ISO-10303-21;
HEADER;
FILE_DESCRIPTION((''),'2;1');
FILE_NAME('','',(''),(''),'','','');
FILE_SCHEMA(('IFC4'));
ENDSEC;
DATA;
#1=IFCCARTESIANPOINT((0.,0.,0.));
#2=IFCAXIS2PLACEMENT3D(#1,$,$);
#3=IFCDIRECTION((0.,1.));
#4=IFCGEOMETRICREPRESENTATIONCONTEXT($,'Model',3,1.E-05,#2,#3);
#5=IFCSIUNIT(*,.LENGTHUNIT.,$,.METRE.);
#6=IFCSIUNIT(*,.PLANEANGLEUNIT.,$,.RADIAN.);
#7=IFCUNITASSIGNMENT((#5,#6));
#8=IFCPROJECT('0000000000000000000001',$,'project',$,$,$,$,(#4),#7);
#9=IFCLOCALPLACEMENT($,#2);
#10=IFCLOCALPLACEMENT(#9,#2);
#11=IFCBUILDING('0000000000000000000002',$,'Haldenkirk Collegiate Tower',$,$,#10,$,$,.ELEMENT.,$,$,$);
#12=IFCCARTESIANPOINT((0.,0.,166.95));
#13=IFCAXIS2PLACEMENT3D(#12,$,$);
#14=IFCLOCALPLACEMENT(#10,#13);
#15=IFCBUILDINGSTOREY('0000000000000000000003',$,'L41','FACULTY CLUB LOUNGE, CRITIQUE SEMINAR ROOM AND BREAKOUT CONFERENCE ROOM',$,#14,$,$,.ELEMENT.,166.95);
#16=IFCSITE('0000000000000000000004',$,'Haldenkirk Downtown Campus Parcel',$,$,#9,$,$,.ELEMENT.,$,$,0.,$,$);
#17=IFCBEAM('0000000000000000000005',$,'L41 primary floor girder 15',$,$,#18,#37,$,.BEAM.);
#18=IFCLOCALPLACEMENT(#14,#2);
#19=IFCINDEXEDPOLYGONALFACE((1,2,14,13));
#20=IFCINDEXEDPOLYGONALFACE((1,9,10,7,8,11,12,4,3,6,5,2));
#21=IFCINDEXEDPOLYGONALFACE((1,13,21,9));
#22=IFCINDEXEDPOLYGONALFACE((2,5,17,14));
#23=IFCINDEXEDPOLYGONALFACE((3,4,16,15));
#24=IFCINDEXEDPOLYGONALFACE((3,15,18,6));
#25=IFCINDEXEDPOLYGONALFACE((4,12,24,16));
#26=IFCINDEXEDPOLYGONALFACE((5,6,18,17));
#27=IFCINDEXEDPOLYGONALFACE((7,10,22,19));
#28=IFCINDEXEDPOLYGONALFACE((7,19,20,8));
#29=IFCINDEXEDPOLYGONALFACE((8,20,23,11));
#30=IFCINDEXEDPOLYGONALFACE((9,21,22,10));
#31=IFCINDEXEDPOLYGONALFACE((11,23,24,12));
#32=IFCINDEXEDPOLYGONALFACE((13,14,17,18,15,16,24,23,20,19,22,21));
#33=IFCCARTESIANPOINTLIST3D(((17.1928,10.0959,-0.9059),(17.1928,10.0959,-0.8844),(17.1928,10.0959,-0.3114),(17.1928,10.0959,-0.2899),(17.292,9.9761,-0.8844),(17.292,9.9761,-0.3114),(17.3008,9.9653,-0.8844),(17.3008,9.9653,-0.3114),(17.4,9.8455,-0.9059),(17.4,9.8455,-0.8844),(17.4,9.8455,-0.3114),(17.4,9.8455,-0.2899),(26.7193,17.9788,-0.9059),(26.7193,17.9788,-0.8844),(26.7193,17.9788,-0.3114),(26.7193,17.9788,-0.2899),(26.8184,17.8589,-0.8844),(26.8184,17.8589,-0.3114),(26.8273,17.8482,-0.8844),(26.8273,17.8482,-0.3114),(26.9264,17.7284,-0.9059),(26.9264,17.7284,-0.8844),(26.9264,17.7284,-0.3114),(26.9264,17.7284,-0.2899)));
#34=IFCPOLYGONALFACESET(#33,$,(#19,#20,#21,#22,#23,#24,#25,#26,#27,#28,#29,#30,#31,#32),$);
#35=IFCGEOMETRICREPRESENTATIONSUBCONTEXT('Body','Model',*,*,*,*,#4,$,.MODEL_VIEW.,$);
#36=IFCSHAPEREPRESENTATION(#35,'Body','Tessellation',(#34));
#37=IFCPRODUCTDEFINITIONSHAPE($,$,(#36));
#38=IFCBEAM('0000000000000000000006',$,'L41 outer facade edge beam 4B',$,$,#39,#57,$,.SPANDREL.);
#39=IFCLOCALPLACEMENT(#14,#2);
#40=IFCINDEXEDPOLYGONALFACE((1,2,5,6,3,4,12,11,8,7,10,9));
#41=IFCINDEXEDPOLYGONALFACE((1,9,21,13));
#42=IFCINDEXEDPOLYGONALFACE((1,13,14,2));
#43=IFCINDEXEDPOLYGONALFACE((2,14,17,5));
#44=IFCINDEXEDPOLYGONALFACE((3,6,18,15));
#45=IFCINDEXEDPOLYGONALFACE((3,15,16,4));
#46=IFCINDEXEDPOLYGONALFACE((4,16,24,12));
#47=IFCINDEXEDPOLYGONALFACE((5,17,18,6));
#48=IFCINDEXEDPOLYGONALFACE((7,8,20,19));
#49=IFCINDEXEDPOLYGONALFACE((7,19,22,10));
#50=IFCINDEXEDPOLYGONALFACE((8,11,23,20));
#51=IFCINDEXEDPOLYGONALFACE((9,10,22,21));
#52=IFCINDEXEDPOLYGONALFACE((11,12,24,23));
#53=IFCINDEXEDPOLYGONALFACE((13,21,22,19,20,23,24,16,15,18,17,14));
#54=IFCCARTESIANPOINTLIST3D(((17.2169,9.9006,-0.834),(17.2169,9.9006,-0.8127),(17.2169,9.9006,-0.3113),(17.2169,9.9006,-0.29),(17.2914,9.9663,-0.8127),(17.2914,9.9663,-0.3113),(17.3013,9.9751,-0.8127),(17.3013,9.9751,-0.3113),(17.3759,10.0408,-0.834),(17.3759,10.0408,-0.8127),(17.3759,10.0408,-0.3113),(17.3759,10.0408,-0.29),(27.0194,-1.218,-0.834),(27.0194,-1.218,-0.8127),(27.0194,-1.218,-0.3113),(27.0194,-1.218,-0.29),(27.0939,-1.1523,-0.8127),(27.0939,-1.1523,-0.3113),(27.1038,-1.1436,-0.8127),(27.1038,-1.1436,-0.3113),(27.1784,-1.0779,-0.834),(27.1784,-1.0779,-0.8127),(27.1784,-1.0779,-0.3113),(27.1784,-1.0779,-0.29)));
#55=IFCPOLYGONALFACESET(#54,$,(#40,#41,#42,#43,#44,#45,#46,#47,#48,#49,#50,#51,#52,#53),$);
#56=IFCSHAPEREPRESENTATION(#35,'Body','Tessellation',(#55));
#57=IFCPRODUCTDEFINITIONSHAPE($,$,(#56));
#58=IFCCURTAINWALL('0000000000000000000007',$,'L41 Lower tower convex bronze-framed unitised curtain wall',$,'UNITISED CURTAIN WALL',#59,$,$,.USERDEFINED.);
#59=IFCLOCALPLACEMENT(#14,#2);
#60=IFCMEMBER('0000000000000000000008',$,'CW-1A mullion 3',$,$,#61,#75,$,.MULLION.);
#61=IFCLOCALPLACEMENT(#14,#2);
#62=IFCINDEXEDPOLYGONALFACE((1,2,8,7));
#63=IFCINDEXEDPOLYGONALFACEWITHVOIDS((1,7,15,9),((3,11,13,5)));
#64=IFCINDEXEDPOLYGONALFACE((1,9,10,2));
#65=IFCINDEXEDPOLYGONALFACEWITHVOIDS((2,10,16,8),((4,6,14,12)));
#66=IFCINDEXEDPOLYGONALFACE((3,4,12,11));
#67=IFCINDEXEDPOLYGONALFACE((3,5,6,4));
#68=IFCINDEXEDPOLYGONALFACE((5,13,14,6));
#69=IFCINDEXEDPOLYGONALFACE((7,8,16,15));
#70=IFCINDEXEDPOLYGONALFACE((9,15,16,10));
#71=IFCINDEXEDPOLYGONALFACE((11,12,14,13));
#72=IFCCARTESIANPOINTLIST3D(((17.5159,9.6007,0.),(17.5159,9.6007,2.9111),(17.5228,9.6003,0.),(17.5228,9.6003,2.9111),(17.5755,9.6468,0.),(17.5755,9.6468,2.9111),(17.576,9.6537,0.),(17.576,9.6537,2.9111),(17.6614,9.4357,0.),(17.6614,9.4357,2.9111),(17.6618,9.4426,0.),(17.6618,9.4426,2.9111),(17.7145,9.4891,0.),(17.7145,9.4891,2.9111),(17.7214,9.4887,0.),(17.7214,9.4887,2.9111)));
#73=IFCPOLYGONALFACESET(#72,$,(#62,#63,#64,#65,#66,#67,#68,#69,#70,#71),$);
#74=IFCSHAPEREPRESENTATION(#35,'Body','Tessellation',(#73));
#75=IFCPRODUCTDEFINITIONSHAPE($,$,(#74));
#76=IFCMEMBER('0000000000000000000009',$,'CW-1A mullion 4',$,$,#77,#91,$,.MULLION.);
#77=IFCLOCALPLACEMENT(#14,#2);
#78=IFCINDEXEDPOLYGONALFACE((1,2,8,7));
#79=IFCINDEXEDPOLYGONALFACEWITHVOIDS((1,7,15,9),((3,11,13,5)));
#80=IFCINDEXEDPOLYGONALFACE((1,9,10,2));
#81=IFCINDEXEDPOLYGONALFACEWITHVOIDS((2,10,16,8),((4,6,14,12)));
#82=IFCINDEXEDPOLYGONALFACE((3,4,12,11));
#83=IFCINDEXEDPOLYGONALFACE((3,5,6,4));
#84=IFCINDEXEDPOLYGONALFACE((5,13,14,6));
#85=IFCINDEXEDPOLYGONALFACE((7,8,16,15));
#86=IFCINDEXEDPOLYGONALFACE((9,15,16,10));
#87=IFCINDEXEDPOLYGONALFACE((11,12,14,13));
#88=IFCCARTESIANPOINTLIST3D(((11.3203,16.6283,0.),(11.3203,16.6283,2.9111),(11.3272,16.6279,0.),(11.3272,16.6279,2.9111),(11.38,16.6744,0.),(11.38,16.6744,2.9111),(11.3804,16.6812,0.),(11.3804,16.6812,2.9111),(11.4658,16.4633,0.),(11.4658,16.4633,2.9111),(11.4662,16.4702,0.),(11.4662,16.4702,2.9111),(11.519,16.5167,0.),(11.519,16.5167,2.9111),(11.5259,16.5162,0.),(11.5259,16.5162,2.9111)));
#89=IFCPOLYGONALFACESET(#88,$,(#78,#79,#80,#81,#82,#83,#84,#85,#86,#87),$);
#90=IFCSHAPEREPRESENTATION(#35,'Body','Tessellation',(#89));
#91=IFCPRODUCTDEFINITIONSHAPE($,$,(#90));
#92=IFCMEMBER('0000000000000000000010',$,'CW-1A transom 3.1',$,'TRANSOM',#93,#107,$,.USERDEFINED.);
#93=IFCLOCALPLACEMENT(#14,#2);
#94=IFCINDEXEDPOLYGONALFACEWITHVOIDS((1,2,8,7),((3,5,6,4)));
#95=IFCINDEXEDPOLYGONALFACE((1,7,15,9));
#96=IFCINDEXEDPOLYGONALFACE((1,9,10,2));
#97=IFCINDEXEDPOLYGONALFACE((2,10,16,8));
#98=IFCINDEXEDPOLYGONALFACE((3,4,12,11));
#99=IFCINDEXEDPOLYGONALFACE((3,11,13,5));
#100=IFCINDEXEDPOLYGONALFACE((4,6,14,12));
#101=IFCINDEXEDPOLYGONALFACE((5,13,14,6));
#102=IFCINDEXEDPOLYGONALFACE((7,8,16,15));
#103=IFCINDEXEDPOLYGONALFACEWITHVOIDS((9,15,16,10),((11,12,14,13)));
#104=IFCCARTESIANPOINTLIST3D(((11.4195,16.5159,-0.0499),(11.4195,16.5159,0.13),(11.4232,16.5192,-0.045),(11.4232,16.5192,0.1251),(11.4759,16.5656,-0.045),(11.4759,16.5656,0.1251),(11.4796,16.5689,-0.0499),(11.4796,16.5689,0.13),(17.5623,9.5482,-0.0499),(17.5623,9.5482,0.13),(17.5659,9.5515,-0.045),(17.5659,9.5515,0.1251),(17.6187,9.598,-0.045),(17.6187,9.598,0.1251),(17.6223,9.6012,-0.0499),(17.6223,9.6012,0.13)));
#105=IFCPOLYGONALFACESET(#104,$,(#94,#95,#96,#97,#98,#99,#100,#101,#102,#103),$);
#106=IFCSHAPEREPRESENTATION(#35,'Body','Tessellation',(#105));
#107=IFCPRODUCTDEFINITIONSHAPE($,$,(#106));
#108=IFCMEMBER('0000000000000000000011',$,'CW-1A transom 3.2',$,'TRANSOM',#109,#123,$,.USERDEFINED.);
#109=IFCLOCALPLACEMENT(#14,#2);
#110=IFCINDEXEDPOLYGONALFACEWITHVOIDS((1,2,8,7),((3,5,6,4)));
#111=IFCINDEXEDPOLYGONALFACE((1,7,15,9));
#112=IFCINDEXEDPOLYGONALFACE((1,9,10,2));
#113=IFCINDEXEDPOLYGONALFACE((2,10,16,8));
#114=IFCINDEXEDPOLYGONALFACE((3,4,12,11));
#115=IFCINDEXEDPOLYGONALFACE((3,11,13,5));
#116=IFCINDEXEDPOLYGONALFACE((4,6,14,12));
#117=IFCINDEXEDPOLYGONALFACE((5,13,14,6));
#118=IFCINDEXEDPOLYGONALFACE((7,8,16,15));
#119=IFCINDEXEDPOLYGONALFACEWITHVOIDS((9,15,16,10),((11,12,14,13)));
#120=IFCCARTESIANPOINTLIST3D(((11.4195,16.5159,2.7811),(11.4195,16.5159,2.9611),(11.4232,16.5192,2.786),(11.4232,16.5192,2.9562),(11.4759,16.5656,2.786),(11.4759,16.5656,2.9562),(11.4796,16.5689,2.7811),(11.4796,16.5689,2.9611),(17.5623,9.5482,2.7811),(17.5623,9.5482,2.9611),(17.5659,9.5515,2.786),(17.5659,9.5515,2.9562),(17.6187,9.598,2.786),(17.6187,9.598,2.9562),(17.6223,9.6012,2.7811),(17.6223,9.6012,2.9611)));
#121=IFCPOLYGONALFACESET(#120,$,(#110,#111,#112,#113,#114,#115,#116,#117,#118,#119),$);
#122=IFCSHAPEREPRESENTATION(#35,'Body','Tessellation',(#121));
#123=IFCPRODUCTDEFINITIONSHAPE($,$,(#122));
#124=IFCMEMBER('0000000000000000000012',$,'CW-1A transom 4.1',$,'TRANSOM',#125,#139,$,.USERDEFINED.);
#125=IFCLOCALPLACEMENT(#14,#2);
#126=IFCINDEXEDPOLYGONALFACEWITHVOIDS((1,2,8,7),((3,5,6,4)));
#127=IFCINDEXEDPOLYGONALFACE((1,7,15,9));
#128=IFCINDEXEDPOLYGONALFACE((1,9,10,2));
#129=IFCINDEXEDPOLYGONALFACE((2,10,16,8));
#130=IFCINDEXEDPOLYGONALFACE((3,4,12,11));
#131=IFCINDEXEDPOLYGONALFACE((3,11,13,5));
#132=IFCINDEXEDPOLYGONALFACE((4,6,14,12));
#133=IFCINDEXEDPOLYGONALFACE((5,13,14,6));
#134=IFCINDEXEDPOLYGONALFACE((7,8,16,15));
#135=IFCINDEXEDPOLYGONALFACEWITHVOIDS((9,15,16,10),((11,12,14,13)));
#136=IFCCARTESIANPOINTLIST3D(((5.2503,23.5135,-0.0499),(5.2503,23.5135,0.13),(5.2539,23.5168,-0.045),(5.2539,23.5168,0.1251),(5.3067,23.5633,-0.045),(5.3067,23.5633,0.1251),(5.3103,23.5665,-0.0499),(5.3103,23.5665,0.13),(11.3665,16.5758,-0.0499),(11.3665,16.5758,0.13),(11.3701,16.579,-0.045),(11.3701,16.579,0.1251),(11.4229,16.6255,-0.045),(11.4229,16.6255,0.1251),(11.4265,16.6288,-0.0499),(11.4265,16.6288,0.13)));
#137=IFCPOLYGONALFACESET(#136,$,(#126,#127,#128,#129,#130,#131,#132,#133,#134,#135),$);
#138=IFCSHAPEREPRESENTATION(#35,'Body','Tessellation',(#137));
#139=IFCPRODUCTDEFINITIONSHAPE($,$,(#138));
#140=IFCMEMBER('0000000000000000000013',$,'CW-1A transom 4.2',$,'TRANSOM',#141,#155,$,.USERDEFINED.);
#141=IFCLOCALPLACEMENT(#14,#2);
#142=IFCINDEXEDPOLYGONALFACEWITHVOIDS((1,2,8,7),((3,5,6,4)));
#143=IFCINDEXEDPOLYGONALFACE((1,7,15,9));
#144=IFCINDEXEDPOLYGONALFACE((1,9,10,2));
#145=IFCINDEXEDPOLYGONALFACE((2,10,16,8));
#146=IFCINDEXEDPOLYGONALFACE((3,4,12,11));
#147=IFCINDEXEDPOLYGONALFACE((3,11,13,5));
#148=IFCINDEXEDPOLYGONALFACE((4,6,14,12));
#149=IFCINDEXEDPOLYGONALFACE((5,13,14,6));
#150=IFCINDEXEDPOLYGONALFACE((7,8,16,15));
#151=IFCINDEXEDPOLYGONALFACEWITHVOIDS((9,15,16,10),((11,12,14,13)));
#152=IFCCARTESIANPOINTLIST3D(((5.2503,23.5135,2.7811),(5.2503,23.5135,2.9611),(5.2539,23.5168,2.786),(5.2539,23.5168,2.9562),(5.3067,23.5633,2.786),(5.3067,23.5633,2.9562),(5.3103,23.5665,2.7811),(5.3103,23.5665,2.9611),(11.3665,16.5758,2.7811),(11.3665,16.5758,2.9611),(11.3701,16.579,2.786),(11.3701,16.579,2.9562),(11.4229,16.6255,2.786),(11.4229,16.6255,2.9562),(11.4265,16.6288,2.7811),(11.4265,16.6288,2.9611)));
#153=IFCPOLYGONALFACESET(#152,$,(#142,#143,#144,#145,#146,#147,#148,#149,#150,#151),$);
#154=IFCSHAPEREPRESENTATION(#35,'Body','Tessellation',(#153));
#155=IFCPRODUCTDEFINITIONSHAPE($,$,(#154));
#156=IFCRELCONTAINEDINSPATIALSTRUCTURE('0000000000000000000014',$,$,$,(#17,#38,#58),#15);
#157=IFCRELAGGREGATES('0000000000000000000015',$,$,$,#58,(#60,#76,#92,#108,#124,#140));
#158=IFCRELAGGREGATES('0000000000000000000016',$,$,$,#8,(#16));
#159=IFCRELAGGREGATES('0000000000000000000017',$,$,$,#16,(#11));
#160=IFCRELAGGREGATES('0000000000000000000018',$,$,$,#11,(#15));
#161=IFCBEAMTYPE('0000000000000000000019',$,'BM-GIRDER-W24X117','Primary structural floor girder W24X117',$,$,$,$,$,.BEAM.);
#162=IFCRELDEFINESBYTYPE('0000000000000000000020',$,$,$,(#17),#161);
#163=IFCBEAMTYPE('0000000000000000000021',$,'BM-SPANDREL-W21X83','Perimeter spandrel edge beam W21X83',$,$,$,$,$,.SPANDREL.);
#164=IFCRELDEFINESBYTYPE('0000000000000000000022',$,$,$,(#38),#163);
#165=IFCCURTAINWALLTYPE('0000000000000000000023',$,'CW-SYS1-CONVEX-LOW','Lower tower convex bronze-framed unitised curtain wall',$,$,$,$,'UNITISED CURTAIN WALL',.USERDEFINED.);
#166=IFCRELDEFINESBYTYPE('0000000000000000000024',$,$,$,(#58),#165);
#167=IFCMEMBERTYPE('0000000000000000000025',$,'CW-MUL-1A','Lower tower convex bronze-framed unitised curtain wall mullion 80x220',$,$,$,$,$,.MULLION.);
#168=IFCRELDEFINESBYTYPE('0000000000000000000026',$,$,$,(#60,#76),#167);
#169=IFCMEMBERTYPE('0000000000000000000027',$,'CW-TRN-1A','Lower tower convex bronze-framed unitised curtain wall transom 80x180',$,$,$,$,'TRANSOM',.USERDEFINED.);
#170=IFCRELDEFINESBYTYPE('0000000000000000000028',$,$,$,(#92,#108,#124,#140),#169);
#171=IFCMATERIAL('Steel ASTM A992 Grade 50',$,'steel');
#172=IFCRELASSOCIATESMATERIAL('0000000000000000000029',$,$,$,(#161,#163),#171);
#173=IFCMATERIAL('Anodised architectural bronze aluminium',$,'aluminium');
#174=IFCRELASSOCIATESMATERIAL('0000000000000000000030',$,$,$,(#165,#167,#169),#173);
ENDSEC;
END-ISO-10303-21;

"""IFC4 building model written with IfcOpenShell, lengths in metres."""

from ifc_helpers import new_model, si_unit, direction, frame, origin, origin_2d, place, context, subcontext, project, spatial, hollow_rectangle, i_section, extrude, material, material_profile, profile_set, type_object, element, aggregate, save


model = new_model("IFC4")

# Units and contexts
model_context = context("Model", 3, precision=1e-05, world=origin(), true_north=direction((0.0, 1.0)))
body_context = subcontext(model_context, "Body", "Model", "MODEL_VIEW")
ifc_project = project(units=[si_unit("LENGTHUNIT", "METRE"), si_unit("PLANEANGLEUNIT", "RADIAN")], contexts=[model_context])

# Site, building, storey
site_placement = place(None, origin())
site = spatial("IfcSite", under=ifc_project, at=site_placement, Name="Haldenkirk Downtown Campus Parcel", CompositionType="ELEMENT", RefElevation=0.0)
building_placement = place(site_placement, origin())
building = spatial("IfcBuilding", under=site, at=building_placement, Name="Haldenkirk Collegiate Tower", CompositionType="ELEMENT")
storey_placement = place(building_placement, frame((0.0, 0.0, 166.95)))
storey = spatial("IfcBuildingStorey", under=building, at=storey_placement, Name="L41", Description="FACULTY CLUB LOUNGE, CRITIQUE SEMINAR ROOM AND BREAKOUT CONFERENCE ROOM", CompositionType="ELEMENT", Elevation=166.95)

# Beams
ifc_material_1 = material(Name="Steel ASTM A992 Grade 50", Category="steel")
ifc_material_profile_1 = material_profile(ifc_material_1, i_section(OverallWidth=0.325, OverallDepth=0.616, WebThickness=0.0139, FlangeThickness=0.0215, at=origin_2d()), Name="W24X117")
ifc_profile_set_1 = profile_set([ifc_material_profile_1], Name="Steel ASTM A992 Grade 50")
beam_type_1 = type_object("IfcBeamType", Name="BM-GIRDER-W24X117", Description="Primary structural floor girder W24X117", PredefinedType="BEAM", material=ifc_profile_set_1)
beam_1_placement = place(storey_placement, frame((17.2964, 9.9707, -0.5979), z_axis=(0.770437, 0.637516, 0.0), x_axis=(-0.637516, 0.770437, 0.0)))
element("IfcBeam", 1, at=beam_1_placement, inside=storey, type_object=beam_type_1, Name="L41 primary floor girder 15", PredefinedType="BEAM", context=body_context, shape_type="SweptSolid", body=[
    extrude(i_section(OverallWidth=0.325, OverallDepth=0.616, WebThickness=0.0139, FlangeThickness=0.0215, at=origin_2d()), origin(), (0.0, 0.0, 1.0), 12.365),
])
ifc_material_profile_2 = material_profile(ifc_material_1, i_section(OverallWidth=0.2119, OverallDepth=0.5439, WebThickness=0.0132, FlangeThickness=0.0212, at=origin_2d()), Name="W21X83")
ifc_profile_set_2 = profile_set([ifc_material_profile_2], Name="Steel ASTM A992 Grade 50")
beam_type_2 = type_object("IfcBeamType", Name="BM-SPANDREL-W21X83", Description="Perimeter spandrel edge beam W21X83", PredefinedType="SPANDREL", material=ifc_profile_set_2)
beam_2_placement = place(storey_placement, frame((17.2964, 9.9707, -0.562), z_axis=(0.661315, -0.750108, 0.0), x_axis=(0.750108, 0.661315, 0.0)))
element("IfcBeam", 2, at=beam_2_placement, inside=storey, type_object=beam_type_2, Name="L41 outer facade edge beam 4B", PredefinedType="SPANDREL", context=body_context, shape_type="SweptSolid", body=[
    extrude(i_section(OverallWidth=0.2119, OverallDepth=0.5439, WebThickness=0.0132, FlangeThickness=0.0212, at=origin_2d()), origin(), (0.0, 0.0, 1.0), 14.8228),
])

# Curtain wall, members
ifc_material_2 = material(Name="Anodised architectural bronze aluminium", Category="aluminium")
curtain_wall_type = type_object("IfcCurtainWallType", Name="CW-SYS1-CONVEX-LOW", Description="Lower tower convex bronze-framed unitised curtain wall", ElementType="UNITISED CURTAIN WALL", PredefinedType="USERDEFINED", material=ifc_material_2)
curtain_wall_placement = place(storey_placement, origin())
curtain_wall = element("IfcCurtainWall", 3, at=curtain_wall_placement, inside=storey, type_object=curtain_wall_type, Name="L41 Lower tower convex bronze-framed unitised curtain wall", ObjectType="UNITISED CURTAIN WALL", PredefinedType="USERDEFINED")
ifc_material_profile_3 = material_profile(ifc_material_2, hollow_rectangle(XDim=0.0801, YDim=0.22, WallThickness=0.0049, at=origin_2d()), Name="CW-MUL-1A")
ifc_profile_set_3 = profile_set([ifc_material_profile_3], Name="Anodised architectural bronze aluminium")
member_type_1 = type_object("IfcMemberType", Name="CW-MUL-1A", Description="Lower tower convex bronze-framed unitised curtain wall mullion 80x220", PredefinedType="MULLION", material=ifc_profile_set_3)
member_1_placement = place(storey_placement, frame((17.6187, 9.5447, 0.0), z_axis=(0.0, 0.0, 1.0), x_axis=(-0.750113, -0.66131, 0.0)))
member_1 = element("IfcMember", 4, at=member_1_placement, type_object=member_type_1, Name="CW-1A mullion 3", PredefinedType="MULLION", context=body_context, shape_type="SweptSolid", body=[
    extrude(hollow_rectangle(XDim=0.0801, YDim=0.22, WallThickness=0.0049, at=origin_2d()), origin(), (0.0, 0.0, 1.0), 2.9111),
])
member_2_placement = place(storey_placement, frame((11.4231, 16.5723, 0.0), z_axis=(0.0, 0.0, 1.0), x_axis=(-0.750113, -0.66131, 0.0)))
member_2 = element("IfcMember", 5, at=member_2_placement, type_object=member_type_1, Name="CW-1A mullion 4", PredefinedType="MULLION", context=body_context, shape_type="SweptSolid", body=[
    extrude(hollow_rectangle(XDim=0.0801, YDim=0.22, WallThickness=0.0049, at=origin_2d()), origin(), (0.0, 0.0, 1.0), 2.9111),
])
ifc_material_profile_4 = material_profile(ifc_material_2, hollow_rectangle(XDim=0.0801, YDim=0.1799, WallThickness=0.0049, at=origin_2d()), Name="CW-TRN-1A")
ifc_profile_set_4 = profile_set([ifc_material_profile_4], Name="Anodised architectural bronze aluminium")
member_type_2 = type_object("IfcMemberType", Name="CW-TRN-1A", Description="Lower tower convex bronze-framed unitised curtain wall transom 80x180", ElementType="TRANSOM", PredefinedType="USERDEFINED", material=ifc_profile_set_4)
member_3_placement = place(storey_placement, frame((17.5923, 9.5747, 0.04), z_axis=(-0.661306, 0.750116, 0.0), x_axis=(-0.750116, -0.661306, 0.0)))
member_3 = element("IfcMember", 6, at=member_3_placement, type_object=member_type_2, Name="CW-1A transom 3.1", ObjectType="TRANSOM", PredefinedType="USERDEFINED", context=body_context, shape_type="SweptSolid", body=[
    extrude(hollow_rectangle(XDim=0.0801, YDim=0.1799, WallThickness=0.0049, at=origin_2d()), origin(), (0.0, 0.0, 1.0), 9.2888),
])
member_4_placement = place(storey_placement, frame((17.5923, 9.5747, 2.8711), z_axis=(-0.661306, 0.750116, 0.0), x_axis=(-0.750116, -0.661306, 0.0)))
member_4 = element("IfcMember", 7, at=member_4_placement, type_object=member_type_2, Name="CW-1A transom 3.2", ObjectType="TRANSOM", PredefinedType="USERDEFINED", context=body_context, shape_type="SweptSolid", body=[
    extrude(hollow_rectangle(XDim=0.0801, YDim=0.1799, WallThickness=0.0049, at=origin_2d()), origin(), (0.0, 0.0, 1.0), 9.2888),
])
member_5_placement = place(storey_placement, frame((11.3965, 16.6023, 0.04), z_axis=(-0.661298, 0.750124, 0.0), x_axis=(-0.750124, -0.661298, 0.0)))
member_5 = element("IfcMember", 8, at=member_5_placement, type_object=member_type_2, Name="CW-1A transom 4.1", ObjectType="TRANSOM", PredefinedType="USERDEFINED", context=body_context, shape_type="SweptSolid", body=[
    extrude(hollow_rectangle(XDim=0.0801, YDim=0.1799, WallThickness=0.0049, at=origin_2d()), origin(), (0.0, 0.0, 1.0), 9.2488),
])
member_6_placement = place(storey_placement, frame((11.3965, 16.6023, 2.8711), z_axis=(-0.661298, 0.750124, 0.0), x_axis=(-0.750124, -0.661298, 0.0)))
member_6 = element("IfcMember", 9, at=member_6_placement, type_object=member_type_2, Name="CW-1A transom 4.2", ObjectType="TRANSOM", PredefinedType="USERDEFINED", context=body_context, shape_type="SweptSolid", body=[
    extrude(hollow_rectangle(XDim=0.0801, YDim=0.1799, WallThickness=0.0049, at=origin_2d()), origin(), (0.0, 0.0, 1.0), 9.2488),
])

aggregate(curtain_wall, [member_1, member_2, member_3, member_4, member_5, member_6])

save(model, "model.ifc")
